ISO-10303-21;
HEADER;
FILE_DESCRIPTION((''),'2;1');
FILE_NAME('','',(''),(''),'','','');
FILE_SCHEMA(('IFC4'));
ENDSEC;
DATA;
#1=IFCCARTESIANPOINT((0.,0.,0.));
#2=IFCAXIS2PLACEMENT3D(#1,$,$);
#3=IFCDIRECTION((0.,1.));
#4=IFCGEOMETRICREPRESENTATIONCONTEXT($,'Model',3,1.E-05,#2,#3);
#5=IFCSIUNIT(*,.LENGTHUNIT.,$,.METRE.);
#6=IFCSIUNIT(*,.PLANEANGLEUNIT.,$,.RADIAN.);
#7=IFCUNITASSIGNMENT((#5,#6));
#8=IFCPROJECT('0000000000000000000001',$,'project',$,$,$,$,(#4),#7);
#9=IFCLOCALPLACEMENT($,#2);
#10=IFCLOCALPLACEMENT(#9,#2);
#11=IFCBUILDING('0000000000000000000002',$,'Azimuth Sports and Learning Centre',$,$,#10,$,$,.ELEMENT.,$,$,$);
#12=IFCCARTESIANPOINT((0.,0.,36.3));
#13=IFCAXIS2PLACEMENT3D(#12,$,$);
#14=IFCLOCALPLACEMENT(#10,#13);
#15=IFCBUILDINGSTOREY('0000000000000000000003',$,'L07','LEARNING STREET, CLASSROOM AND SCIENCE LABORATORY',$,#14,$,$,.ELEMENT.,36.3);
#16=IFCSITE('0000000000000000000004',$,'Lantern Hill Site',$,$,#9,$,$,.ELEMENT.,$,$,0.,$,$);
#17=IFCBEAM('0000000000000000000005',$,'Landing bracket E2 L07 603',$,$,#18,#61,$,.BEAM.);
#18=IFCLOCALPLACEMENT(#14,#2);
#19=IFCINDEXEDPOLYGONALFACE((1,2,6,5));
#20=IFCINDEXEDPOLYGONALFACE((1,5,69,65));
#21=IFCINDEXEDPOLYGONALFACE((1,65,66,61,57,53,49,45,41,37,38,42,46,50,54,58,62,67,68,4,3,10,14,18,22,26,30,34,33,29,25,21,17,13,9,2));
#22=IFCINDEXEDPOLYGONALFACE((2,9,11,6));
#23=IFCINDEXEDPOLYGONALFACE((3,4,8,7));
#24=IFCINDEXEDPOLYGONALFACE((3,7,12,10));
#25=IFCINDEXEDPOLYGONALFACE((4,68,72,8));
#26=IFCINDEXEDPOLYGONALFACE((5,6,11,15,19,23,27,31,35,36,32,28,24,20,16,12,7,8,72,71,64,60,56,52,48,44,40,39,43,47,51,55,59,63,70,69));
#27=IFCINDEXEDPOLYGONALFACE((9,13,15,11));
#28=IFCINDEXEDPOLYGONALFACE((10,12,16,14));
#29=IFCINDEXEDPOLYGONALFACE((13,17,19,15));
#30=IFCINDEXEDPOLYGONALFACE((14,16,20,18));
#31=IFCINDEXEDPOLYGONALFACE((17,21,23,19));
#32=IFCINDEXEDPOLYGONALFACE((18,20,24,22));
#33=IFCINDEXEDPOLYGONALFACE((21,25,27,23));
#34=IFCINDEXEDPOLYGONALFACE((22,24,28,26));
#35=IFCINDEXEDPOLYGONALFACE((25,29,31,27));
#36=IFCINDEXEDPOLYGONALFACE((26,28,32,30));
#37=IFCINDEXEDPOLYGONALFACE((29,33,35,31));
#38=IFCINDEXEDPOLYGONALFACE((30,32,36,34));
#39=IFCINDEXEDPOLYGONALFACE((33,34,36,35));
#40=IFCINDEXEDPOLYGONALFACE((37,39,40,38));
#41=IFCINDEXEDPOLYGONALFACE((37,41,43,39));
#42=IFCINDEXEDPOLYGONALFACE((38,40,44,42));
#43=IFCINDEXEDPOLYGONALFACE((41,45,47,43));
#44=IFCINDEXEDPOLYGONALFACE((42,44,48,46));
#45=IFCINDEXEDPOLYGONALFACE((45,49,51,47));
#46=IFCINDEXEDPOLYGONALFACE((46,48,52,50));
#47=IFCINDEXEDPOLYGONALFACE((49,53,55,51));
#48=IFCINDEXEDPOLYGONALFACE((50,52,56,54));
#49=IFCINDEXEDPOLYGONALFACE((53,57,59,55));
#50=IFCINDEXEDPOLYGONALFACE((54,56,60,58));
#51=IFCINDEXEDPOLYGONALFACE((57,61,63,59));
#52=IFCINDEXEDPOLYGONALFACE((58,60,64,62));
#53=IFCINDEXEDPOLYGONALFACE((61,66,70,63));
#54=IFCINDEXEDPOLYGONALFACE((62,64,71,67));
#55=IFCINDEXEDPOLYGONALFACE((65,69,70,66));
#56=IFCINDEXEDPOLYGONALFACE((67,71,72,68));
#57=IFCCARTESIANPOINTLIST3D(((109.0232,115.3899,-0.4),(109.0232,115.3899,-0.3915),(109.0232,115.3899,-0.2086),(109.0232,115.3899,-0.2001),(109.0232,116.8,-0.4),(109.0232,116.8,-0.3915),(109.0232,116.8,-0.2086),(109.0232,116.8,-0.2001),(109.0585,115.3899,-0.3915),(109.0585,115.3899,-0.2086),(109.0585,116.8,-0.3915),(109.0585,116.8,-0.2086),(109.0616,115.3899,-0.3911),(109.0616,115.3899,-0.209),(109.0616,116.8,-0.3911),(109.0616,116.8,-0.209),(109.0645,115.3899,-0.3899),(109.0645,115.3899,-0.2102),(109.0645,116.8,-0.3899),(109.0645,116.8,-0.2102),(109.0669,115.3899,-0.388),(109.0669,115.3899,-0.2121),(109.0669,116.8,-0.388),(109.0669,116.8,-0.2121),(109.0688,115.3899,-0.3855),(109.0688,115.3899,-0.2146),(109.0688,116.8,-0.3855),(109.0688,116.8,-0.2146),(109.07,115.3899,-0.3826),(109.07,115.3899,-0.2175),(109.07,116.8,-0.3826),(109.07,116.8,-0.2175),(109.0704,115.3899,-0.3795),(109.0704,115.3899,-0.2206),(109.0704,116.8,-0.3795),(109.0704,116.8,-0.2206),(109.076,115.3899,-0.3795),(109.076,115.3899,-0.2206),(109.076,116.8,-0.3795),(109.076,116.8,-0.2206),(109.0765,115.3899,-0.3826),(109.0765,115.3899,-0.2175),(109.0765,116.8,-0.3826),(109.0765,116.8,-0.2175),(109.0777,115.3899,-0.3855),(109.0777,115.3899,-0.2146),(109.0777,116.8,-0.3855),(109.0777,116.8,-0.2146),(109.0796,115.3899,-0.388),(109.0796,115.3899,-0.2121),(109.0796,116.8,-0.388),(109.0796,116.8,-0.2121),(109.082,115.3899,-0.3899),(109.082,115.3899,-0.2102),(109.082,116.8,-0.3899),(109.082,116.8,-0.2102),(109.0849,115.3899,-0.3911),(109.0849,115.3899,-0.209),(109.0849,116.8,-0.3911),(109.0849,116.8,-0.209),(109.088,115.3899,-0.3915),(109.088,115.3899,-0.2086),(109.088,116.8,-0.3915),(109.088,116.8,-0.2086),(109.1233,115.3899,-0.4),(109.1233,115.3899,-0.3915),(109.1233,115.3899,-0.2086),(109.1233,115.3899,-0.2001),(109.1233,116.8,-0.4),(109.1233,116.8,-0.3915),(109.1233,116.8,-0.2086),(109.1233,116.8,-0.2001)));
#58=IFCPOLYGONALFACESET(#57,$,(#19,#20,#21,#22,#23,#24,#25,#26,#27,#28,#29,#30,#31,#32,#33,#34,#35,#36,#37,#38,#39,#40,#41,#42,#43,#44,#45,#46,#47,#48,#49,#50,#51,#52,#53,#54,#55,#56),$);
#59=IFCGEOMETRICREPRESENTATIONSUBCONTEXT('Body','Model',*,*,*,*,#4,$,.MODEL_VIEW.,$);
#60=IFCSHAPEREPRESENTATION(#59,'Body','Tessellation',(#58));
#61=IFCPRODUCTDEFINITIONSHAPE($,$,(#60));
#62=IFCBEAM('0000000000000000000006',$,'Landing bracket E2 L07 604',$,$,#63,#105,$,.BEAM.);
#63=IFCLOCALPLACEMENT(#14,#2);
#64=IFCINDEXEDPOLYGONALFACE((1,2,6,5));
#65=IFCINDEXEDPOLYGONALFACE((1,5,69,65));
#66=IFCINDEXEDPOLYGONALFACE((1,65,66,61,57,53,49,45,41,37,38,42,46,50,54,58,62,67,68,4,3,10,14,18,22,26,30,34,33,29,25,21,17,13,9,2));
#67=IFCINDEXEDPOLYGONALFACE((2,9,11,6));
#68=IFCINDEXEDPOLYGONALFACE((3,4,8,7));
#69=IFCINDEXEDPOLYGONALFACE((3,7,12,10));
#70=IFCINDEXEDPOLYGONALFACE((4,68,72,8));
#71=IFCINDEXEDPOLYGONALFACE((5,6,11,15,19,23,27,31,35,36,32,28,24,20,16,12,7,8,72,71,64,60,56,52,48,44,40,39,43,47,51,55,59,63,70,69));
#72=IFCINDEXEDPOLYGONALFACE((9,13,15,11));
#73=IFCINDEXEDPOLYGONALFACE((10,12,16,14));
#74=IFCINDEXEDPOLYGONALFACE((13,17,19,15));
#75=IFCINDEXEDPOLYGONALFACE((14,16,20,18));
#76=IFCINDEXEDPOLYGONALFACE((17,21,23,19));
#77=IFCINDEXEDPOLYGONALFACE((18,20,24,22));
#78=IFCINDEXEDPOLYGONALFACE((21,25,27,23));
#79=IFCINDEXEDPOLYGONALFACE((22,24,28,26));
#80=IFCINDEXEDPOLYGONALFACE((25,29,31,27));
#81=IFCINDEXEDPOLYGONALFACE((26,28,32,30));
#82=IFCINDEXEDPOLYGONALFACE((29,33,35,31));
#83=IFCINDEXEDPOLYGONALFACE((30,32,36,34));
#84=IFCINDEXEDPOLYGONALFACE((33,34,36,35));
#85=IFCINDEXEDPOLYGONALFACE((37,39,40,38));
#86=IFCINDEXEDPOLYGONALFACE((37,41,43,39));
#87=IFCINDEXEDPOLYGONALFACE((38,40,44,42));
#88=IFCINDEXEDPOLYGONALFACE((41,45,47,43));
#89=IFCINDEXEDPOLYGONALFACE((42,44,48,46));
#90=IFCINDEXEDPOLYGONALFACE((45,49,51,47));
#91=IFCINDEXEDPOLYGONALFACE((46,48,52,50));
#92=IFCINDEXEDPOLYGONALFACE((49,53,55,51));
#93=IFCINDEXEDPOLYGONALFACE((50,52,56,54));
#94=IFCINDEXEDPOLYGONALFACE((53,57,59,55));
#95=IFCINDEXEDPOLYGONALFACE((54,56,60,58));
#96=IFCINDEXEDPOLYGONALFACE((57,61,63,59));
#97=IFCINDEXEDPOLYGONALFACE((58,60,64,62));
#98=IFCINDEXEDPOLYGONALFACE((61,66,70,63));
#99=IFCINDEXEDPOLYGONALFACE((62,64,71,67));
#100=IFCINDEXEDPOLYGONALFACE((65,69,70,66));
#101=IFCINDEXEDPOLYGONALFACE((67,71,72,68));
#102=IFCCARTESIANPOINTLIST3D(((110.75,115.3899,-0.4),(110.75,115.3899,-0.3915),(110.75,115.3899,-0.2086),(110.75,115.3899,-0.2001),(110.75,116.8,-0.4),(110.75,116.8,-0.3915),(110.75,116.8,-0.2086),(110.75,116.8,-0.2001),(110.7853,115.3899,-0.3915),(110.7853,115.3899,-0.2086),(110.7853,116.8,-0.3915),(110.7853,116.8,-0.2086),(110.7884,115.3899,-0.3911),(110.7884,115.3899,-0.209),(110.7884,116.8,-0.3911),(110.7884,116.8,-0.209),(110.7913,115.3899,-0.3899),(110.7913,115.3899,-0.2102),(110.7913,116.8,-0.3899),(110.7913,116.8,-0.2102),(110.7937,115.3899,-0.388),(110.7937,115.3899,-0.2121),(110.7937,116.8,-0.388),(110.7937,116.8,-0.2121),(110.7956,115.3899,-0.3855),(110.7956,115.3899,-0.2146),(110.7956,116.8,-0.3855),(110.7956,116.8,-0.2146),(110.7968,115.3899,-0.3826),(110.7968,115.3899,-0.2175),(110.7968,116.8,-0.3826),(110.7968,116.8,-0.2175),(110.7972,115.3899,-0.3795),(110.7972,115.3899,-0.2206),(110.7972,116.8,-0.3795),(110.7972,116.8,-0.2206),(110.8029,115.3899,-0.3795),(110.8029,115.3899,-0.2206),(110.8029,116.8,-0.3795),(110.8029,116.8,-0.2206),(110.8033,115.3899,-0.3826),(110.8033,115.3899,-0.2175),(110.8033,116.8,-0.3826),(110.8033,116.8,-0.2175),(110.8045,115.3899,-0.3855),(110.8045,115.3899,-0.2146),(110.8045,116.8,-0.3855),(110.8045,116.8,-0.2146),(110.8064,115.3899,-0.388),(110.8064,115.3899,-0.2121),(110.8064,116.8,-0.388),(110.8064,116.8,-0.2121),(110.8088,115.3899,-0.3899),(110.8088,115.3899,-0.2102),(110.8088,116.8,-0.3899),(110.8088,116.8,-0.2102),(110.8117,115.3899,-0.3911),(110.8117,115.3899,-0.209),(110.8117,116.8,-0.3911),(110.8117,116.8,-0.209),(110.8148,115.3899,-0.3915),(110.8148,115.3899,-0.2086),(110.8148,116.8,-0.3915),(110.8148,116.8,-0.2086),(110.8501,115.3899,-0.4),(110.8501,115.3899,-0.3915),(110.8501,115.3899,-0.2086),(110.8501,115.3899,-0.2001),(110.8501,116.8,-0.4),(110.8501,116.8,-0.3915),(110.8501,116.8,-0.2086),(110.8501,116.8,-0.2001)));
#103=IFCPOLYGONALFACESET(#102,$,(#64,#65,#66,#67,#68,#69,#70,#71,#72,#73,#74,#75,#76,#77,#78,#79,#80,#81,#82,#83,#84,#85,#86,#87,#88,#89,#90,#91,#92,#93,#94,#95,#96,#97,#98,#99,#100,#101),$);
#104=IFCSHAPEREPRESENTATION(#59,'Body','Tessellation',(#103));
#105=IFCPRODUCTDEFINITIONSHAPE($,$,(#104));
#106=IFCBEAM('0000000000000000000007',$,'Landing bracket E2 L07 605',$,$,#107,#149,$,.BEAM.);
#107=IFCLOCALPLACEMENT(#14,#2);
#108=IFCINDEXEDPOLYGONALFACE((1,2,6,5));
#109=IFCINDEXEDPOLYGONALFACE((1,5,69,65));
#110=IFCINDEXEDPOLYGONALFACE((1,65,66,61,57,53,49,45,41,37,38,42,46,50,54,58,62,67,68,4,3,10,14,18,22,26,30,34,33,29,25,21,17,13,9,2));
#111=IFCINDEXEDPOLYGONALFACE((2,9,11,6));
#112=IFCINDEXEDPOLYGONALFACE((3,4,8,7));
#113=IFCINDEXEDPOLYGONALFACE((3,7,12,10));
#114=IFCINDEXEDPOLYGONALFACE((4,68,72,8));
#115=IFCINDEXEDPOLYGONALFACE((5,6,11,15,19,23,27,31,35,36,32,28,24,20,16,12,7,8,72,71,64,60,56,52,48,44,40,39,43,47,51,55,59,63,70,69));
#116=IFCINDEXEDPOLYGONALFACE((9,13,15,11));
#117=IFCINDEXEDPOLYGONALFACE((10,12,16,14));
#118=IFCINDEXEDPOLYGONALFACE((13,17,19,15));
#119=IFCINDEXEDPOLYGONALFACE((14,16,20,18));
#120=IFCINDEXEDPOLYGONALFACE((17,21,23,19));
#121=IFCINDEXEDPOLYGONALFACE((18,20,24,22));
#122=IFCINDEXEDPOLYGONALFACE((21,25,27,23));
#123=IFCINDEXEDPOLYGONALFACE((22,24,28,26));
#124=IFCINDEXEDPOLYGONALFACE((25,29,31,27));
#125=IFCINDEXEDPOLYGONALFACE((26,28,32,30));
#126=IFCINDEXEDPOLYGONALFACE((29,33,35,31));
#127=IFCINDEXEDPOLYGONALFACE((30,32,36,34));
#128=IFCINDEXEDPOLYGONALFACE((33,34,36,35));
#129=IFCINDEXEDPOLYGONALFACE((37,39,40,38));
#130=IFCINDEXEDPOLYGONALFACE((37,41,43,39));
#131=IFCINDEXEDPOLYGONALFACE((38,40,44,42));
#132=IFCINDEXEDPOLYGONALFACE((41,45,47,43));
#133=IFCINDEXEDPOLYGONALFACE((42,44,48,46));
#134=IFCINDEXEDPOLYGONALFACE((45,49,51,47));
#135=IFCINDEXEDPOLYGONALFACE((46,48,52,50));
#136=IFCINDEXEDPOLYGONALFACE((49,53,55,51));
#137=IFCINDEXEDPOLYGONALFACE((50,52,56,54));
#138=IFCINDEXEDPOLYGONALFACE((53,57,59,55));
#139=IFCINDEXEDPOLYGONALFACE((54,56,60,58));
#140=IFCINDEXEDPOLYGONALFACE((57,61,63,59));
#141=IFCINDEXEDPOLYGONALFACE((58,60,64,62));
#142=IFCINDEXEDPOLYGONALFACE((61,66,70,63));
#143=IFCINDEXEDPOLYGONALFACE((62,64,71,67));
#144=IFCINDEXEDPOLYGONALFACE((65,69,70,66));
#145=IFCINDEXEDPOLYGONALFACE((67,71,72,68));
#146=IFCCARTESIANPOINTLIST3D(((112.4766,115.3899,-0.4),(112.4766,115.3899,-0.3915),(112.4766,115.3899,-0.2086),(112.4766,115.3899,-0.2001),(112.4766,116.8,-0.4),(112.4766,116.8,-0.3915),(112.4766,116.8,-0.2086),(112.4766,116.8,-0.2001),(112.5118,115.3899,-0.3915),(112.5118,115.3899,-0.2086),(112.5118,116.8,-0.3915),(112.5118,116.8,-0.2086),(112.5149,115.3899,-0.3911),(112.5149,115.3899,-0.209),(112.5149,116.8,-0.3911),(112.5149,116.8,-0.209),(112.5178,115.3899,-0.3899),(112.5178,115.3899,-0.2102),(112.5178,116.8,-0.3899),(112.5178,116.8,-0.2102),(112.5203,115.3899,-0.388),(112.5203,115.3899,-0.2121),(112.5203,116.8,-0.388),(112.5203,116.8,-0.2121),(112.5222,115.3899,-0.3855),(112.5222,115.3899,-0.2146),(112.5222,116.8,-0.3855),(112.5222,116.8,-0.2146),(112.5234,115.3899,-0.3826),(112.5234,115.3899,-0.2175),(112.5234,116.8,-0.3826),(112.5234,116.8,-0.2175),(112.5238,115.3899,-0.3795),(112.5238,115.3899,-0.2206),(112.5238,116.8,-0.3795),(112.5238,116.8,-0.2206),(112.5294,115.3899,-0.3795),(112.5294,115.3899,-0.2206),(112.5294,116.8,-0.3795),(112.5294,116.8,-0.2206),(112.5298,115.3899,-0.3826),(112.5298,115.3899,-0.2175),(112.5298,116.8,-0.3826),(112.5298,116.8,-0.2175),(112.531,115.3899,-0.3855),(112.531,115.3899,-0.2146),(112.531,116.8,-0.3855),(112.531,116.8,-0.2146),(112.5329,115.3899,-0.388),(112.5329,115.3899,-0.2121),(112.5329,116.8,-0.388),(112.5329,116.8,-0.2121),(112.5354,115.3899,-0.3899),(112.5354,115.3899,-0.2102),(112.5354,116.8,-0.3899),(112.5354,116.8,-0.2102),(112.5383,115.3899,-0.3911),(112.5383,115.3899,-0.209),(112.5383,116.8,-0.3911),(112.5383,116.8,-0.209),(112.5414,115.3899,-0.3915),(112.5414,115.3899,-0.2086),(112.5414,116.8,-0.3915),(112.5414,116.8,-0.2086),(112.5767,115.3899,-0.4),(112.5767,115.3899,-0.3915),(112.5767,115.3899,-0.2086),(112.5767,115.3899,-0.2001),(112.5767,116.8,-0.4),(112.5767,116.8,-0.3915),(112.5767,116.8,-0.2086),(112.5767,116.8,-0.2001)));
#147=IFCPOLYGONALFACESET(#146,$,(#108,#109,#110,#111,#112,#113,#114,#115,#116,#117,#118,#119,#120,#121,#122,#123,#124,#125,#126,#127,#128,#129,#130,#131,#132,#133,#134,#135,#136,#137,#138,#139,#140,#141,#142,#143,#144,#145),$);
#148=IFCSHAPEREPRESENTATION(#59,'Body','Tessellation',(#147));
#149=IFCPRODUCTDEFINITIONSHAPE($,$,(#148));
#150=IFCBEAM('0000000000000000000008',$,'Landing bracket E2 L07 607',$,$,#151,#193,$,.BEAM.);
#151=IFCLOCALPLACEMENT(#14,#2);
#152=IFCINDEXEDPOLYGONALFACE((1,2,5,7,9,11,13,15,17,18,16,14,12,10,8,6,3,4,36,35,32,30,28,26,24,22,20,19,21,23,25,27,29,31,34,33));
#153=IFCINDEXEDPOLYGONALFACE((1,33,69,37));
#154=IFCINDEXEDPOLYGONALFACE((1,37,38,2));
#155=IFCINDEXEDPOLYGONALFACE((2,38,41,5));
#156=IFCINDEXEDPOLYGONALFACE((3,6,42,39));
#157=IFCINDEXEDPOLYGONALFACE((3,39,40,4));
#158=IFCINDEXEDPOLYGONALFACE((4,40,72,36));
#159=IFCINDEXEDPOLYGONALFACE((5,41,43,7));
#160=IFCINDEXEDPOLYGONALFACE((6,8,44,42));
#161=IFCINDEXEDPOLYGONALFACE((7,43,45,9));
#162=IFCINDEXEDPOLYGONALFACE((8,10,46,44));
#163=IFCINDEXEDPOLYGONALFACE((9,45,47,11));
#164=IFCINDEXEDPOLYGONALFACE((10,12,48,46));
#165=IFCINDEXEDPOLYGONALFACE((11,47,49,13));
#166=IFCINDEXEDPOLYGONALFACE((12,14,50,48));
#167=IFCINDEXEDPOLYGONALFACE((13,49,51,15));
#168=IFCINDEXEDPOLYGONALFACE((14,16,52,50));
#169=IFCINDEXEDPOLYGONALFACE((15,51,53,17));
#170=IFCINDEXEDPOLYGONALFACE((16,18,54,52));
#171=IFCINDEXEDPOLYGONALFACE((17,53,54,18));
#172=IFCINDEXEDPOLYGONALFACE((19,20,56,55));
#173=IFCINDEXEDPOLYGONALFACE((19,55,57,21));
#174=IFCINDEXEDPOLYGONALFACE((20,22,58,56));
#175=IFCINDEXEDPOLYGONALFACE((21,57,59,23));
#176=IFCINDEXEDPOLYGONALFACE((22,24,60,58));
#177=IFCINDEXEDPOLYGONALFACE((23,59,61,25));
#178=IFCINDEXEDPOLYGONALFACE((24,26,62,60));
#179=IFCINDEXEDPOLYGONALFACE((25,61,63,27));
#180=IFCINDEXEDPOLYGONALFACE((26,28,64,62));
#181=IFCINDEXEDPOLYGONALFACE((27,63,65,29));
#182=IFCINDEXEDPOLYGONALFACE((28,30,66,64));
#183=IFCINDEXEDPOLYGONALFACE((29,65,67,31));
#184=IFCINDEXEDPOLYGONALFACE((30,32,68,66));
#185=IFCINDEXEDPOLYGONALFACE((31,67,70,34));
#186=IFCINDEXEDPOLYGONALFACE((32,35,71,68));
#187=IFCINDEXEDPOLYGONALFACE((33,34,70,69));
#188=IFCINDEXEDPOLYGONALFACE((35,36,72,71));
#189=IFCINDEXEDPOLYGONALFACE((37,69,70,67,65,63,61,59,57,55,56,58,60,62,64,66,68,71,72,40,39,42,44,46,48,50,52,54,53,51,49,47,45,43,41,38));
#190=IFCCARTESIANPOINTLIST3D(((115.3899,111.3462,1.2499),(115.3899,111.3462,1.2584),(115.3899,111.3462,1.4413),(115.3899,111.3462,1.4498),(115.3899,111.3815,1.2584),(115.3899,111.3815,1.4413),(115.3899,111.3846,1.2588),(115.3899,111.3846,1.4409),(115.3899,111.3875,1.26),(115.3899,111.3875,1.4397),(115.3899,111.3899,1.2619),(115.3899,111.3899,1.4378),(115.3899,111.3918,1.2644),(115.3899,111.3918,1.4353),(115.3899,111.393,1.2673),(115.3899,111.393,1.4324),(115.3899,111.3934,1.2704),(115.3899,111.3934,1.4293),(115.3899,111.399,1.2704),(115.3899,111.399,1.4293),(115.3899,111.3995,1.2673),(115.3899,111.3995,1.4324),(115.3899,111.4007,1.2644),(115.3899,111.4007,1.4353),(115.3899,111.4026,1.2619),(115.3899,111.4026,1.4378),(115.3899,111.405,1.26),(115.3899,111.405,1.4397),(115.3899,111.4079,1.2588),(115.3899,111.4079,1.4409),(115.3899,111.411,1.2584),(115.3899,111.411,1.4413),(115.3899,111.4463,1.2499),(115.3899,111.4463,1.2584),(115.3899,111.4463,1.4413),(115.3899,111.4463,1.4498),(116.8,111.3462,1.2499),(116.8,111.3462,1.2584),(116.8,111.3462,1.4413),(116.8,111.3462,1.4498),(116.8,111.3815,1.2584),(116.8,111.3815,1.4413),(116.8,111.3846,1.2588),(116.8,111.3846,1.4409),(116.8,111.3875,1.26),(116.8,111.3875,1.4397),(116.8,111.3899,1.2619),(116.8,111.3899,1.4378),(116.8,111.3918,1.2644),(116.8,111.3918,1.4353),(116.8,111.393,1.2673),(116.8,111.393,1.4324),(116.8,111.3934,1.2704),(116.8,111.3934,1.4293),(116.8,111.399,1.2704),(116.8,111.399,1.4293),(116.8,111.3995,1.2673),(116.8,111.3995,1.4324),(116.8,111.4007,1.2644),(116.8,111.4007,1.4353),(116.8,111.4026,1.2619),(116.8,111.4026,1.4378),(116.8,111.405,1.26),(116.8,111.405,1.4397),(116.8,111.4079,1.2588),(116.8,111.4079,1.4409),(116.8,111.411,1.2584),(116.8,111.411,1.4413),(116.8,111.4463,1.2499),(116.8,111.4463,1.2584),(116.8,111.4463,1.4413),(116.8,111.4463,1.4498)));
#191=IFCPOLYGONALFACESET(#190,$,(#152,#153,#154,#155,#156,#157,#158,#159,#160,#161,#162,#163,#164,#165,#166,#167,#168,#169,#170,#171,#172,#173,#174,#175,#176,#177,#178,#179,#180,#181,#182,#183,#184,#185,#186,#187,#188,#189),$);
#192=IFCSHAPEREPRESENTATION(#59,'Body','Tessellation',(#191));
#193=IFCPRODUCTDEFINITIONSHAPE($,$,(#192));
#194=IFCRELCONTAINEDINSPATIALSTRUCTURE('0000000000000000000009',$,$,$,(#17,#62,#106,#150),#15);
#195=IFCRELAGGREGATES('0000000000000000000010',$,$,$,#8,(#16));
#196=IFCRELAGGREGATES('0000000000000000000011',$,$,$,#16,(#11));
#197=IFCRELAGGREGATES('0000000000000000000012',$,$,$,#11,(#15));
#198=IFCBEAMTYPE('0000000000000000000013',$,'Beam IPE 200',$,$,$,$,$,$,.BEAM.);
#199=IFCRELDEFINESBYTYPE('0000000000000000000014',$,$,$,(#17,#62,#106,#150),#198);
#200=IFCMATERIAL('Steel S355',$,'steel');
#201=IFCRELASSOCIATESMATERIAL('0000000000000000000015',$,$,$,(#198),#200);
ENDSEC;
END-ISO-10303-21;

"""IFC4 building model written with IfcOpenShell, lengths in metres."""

from ifc_helpers import new_model, si_unit, direction, frame, origin, origin_2d, place, context, subcontext, project, spatial, i_section, extrude, material, material_profile, profile_set, type_object, element, save


model = new_model("IFC4")

# Units and contexts
model_context = context("Model", 3, precision=1e-05, world=origin(), true_north=direction((0.0, 1.0)))
body_context = subcontext(model_context, "Body", "Model", "MODEL_VIEW")
ifc_project = project(units=[si_unit("LENGTHUNIT", "METRE"), si_unit("PLANEANGLEUNIT", "RADIAN")], contexts=[model_context])

# Site, building, storey
site_placement = place(None, origin())
site = spatial("IfcSite", under=ifc_project, at=site_placement, Name="Lantern Hill Site", CompositionType="ELEMENT", RefElevation=0.0)
building_placement = place(site_placement, origin())
building = spatial("IfcBuilding", under=site, at=building_placement, Name="Azimuth Sports and Learning Centre", CompositionType="ELEMENT")
storey_placement = place(building_placement, frame((0.0, 0.0, 36.3)))
storey = spatial("IfcBuildingStorey", under=building, at=storey_placement, Name="L07", Description="LEARNING STREET, CLASSROOM AND SCIENCE LABORATORY", CompositionType="ELEMENT", Elevation=36.3)

# Beams
ifc_material_1 = material(Name="Steel S355", Category="steel")
ifc_material_profile = material_profile(ifc_material_1, i_section(OverallWidth=0.1001, OverallDepth=0.2, WebThickness=0.0056, FlangeThickness=0.0085, FilletRadius=0.012, at=origin_2d()), Name="IPE 200")
ifc_profile_set = profile_set([ifc_material_profile], Name="Steel S355")
beam_type = type_object("IfcBeamType", Name="Beam IPE 200", PredefinedType="BEAM", material=ifc_profile_set)
for number, where, z_axis, x_axis, name in (
    (1, (109.0732, 116.8, -0.3), (0.0, -1.0, 0.0), (1.0, 0.0, 0.0), "Landing bracket E2 L07 603"),
    (2, (110.8, 116.8, -0.3), (0.0, -1.0, 0.0), (1.0, 0.0, 0.0), "Landing bracket E2 L07 604"),
    (3, (112.5266, 116.8, -0.3), (0.0, -1.0, 0.0), (1.0, 0.0, 0.0), "Landing bracket E2 L07 605"),
    (4, (116.8, 111.3962, 1.3499), (-1.0, 0.0, 0.0), (0.0, -1.0, 0.0), "Landing bracket E2 L07 607"),
):
    element("IfcBeam", number, at=place(storey_placement, frame(where, z_axis=z_axis, x_axis=x_axis)), inside=storey, type_object=beam_type, Name=name, PredefinedType="BEAM", context=body_context, shape_type="SweptSolid", body=[
        extrude(i_section(OverallWidth=0.1001, OverallDepth=0.2, WebThickness=0.0056, FlangeThickness=0.0085, FilletRadius=0.012, at=origin_2d()), origin(), (0.0, 0.0, 1.0), 1.4102),
    ])

save(model, "model.ifc")
